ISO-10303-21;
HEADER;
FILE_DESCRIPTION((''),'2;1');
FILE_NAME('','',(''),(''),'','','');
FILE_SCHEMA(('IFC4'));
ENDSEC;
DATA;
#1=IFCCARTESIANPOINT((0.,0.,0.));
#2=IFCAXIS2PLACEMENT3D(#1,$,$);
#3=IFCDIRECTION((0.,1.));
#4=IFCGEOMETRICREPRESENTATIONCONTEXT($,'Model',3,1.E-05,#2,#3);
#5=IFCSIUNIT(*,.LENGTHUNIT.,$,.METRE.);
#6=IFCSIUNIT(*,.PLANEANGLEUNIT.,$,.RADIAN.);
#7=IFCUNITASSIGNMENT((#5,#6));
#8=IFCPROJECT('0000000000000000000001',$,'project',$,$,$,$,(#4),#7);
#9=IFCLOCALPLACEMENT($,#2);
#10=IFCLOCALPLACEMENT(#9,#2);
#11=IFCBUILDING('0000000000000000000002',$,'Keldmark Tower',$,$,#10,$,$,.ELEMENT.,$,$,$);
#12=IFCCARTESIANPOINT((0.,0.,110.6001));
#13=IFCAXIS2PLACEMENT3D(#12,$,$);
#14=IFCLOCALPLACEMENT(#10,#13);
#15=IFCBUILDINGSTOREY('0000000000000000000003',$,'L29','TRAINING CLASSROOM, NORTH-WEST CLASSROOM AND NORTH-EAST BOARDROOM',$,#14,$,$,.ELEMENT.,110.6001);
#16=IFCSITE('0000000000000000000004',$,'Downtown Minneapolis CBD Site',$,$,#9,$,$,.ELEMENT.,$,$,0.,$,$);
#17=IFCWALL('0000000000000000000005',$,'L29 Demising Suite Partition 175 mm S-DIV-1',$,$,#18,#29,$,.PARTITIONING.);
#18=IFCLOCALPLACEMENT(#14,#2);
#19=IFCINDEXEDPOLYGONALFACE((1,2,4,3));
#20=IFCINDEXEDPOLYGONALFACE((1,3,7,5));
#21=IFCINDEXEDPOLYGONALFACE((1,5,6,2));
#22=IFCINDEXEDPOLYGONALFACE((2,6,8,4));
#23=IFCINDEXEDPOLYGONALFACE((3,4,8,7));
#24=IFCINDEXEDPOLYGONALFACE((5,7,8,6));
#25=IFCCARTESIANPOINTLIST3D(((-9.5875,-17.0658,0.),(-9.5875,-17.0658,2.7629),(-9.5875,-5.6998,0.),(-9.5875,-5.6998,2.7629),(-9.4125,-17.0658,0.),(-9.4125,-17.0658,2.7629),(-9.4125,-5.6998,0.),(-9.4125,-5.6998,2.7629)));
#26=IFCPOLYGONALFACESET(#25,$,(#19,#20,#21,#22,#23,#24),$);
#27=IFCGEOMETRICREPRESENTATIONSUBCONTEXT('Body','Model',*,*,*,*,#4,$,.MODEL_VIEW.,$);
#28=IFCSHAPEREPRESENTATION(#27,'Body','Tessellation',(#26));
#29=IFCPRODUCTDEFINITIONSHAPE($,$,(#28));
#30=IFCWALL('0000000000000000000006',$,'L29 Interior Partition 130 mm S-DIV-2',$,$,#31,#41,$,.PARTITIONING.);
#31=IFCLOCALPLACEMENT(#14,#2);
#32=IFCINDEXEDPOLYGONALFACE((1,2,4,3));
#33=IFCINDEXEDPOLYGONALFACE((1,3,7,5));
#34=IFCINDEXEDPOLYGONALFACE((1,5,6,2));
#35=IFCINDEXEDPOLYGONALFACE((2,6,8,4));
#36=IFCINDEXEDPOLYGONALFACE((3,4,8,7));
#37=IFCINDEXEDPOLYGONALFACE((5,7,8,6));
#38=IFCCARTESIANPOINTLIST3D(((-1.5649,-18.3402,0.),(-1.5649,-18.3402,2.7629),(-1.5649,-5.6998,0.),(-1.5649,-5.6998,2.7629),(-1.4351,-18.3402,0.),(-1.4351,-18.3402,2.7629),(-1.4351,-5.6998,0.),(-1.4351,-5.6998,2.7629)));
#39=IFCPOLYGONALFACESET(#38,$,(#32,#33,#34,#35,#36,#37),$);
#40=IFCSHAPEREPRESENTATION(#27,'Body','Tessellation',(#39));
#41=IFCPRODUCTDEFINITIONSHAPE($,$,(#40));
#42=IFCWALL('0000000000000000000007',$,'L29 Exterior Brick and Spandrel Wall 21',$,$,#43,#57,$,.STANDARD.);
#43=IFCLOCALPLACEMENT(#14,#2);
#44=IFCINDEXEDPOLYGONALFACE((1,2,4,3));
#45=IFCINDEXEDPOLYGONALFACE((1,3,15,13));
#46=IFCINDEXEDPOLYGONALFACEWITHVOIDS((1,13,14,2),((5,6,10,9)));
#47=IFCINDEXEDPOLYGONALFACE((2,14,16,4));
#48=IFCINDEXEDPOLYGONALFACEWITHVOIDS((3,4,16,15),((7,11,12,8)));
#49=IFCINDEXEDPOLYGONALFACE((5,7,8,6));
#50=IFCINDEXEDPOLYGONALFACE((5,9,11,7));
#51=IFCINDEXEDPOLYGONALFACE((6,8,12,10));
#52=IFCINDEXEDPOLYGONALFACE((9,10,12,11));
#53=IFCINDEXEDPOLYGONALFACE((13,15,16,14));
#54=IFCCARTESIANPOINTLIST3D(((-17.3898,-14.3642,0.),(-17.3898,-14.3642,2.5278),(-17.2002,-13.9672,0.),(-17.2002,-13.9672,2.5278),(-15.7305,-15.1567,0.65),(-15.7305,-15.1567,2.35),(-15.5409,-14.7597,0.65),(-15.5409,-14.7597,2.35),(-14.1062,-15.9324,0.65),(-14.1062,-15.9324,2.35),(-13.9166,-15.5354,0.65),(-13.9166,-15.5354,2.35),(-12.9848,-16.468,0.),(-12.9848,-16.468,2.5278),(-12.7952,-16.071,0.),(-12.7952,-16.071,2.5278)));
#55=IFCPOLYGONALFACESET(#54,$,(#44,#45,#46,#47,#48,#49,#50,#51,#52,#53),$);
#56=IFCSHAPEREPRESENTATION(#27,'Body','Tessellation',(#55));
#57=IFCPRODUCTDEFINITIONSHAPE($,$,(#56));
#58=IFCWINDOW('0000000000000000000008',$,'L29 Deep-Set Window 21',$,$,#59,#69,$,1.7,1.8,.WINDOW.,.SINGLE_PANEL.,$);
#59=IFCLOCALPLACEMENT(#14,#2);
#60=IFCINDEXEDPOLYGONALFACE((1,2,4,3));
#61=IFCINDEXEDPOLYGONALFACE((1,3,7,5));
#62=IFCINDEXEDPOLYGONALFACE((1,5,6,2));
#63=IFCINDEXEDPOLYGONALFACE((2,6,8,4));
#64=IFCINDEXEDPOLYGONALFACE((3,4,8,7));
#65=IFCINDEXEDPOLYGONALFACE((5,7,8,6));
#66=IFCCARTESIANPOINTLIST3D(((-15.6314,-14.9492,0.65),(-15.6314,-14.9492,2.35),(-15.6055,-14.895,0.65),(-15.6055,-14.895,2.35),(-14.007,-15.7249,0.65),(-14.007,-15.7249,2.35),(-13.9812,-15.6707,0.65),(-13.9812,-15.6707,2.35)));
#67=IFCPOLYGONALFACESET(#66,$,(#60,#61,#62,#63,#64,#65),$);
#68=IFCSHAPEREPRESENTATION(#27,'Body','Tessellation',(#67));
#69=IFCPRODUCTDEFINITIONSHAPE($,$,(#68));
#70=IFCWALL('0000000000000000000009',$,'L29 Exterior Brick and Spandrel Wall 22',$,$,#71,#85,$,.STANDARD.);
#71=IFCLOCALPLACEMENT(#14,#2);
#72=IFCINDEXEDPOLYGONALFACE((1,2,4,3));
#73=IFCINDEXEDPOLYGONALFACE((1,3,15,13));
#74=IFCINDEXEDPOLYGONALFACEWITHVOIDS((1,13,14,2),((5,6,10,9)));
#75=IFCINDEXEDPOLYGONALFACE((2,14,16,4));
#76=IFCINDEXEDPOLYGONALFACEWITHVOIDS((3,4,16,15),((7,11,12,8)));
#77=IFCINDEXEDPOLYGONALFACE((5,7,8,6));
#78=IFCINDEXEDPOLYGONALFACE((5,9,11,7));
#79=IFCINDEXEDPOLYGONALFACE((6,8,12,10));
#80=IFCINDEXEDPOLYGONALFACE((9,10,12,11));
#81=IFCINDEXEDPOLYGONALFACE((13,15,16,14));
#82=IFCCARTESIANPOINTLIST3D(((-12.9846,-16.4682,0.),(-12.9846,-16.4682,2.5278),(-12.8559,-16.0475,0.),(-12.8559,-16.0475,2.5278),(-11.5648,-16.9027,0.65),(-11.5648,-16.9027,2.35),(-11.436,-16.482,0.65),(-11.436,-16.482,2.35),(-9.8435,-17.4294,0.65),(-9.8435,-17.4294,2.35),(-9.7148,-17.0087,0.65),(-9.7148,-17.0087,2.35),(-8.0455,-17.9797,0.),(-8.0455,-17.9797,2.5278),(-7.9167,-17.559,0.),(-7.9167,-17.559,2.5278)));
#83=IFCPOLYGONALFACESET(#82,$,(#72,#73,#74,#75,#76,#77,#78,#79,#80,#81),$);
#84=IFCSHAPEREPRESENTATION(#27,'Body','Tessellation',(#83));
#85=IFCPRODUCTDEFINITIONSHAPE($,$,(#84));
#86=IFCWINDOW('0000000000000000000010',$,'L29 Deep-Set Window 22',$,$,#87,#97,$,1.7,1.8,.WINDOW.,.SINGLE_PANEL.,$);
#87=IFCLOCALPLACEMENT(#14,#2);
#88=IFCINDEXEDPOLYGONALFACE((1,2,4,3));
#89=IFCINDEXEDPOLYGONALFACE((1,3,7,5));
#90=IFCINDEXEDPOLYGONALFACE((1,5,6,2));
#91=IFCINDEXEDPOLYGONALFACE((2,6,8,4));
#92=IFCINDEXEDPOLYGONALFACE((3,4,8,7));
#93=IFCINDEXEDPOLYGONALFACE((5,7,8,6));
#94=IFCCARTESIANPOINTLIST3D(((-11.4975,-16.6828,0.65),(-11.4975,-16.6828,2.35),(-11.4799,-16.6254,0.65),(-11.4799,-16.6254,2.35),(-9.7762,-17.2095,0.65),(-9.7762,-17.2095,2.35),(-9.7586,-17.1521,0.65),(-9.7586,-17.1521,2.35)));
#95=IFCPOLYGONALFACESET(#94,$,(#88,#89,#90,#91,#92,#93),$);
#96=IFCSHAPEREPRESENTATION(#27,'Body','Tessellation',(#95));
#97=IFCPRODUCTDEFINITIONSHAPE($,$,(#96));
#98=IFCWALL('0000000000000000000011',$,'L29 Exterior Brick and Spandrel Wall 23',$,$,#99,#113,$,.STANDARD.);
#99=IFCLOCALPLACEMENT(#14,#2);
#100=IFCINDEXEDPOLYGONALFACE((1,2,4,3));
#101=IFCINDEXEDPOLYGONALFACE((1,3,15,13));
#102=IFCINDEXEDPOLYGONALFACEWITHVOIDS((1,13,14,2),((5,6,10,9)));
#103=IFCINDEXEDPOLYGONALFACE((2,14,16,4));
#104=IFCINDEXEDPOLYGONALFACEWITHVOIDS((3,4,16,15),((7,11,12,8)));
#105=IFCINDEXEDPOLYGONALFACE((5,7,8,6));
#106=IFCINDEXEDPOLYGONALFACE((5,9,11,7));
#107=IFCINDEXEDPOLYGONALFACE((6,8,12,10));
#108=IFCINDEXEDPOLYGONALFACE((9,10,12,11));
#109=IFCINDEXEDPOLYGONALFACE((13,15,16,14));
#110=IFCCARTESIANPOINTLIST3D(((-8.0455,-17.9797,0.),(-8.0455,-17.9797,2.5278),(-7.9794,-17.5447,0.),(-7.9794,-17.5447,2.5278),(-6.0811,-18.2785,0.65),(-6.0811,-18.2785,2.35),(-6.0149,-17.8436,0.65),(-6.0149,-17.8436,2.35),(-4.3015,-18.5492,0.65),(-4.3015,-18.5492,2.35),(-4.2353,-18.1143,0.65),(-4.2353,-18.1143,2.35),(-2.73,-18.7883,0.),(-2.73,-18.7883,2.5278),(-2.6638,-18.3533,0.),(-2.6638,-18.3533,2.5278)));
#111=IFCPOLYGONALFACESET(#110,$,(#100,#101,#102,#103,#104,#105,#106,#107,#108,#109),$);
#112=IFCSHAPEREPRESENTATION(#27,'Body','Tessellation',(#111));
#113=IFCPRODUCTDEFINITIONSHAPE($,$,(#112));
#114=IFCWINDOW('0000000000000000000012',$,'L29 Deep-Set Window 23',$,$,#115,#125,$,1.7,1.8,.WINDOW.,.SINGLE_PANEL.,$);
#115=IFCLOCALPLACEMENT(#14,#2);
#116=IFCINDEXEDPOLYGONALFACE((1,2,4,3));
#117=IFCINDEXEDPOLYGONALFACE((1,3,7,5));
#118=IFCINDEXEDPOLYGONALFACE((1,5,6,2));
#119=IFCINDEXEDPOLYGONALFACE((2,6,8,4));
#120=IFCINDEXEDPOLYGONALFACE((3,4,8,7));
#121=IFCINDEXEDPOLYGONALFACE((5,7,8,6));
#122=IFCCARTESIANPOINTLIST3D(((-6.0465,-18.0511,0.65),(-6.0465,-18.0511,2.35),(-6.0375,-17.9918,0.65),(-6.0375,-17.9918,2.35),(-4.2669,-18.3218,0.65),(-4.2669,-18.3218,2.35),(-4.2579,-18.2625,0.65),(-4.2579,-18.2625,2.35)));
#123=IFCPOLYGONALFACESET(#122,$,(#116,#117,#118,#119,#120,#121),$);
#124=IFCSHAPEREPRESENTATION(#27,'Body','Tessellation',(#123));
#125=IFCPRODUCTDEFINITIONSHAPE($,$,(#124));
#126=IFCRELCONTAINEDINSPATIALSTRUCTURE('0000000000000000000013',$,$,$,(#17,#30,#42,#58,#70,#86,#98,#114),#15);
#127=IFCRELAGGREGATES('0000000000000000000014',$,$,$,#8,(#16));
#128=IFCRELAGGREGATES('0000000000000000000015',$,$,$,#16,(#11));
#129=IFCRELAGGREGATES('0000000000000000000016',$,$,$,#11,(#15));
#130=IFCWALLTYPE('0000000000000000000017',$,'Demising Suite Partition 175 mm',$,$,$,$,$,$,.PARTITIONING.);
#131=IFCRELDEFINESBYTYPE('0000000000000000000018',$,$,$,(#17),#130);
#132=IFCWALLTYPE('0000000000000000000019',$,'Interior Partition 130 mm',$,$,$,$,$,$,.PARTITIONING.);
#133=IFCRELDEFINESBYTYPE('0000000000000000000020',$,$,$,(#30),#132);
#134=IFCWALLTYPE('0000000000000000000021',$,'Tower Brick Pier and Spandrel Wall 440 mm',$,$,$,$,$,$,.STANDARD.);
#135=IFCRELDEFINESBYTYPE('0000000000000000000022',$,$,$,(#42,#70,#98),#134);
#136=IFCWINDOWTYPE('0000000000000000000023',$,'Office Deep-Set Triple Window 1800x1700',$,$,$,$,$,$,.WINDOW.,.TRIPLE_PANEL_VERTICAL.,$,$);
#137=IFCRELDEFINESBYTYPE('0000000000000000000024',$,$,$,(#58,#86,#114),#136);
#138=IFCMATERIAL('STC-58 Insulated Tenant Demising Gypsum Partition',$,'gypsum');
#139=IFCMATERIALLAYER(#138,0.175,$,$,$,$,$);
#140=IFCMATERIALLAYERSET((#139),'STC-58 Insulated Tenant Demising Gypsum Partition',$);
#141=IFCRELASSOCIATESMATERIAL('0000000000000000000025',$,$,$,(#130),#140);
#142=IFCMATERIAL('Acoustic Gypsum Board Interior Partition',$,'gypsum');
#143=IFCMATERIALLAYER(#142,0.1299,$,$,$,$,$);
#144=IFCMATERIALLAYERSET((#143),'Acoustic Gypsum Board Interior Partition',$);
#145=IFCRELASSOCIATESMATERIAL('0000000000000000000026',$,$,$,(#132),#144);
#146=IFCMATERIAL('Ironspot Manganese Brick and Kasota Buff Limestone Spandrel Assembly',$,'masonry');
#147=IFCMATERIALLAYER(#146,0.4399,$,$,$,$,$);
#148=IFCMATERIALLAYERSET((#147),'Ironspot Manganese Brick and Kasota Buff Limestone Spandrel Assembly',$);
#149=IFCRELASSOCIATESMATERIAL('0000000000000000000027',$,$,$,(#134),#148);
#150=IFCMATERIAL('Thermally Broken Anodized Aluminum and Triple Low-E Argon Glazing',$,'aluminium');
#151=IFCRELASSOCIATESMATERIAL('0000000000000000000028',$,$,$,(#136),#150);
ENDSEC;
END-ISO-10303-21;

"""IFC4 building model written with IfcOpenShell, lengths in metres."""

from ifc_helpers import new_model, si_unit, direction, frame, frame_2d, origin, place, context, subcontext, project, spatial, rectangle, extrude, material, layer, layer_set, type_object, element, fill, save


model = new_model("IFC4")

# Units and contexts
model_context = context("Model", 3, precision=1e-05, world=origin(), true_north=direction((0.0, 1.0)))
body_context = subcontext(model_context, "Body", "Model", "MODEL_VIEW")
ifc_project = project(units=[si_unit("LENGTHUNIT", "METRE"), si_unit("PLANEANGLEUNIT", "RADIAN")], contexts=[model_context])

# Site, building, storey
site_placement = place(None, origin())
site = spatial("IfcSite", under=ifc_project, at=site_placement, Name="Downtown Minneapolis CBD Site", CompositionType="ELEMENT", RefElevation=0.0)
building_placement = place(site_placement, origin())
building = spatial("IfcBuilding", under=site, at=building_placement, Name="Keldmark Tower", CompositionType="ELEMENT")
storey_placement = place(building_placement, frame((0.0, 0.0, 110.6001)))
storey = spatial("IfcBuildingStorey", under=building, at=storey_placement, Name="L29", Description="TRAINING CLASSROOM, NORTH-WEST CLASSROOM AND NORTH-EAST BOARDROOM", CompositionType="ELEMENT", Elevation=110.6001)

# Walls
ifc_material_1 = material(Name="STC-58 Insulated Tenant Demising Gypsum Partition", Category="gypsum")
ifc_layer_1 = layer(ifc_material_1, 0.175)
ifc_layer_set_1 = layer_set([ifc_layer_1], Name="STC-58 Insulated Tenant Demising Gypsum Partition")
wall_type_1 = type_object("IfcWallType", Name="Demising Suite Partition 175 mm", PredefinedType="PARTITIONING", material=ifc_layer_set_1)
wall_1_placement = place(storey_placement, frame((-9.5, -17.0659, 0.0), z_axis=(0.0, 0.0, 1.0), x_axis=(0.0, 1.0, 0.0)))
element("IfcWall", 1, at=wall_1_placement, inside=storey, type_object=wall_type_1, Name="L29 Demising Suite Partition 175 mm S-DIV-1", PredefinedType="PARTITIONING", context=body_context, shape_type="SweptSolid", body=[
    extrude(rectangle(XDim=11.366, YDim=0.175, at=frame_2d((5.6831, 0.0))), origin(), (0.0, 0.0, 1.0), 2.7629),
])
ifc_material_2 = material(Name="Acoustic Gypsum Board Interior Partition", Category="gypsum")
ifc_layer_2 = layer(ifc_material_2, 0.1299)
ifc_layer_set_2 = layer_set([ifc_layer_2], Name="Acoustic Gypsum Board Interior Partition")
wall_type_2 = type_object("IfcWallType", Name="Interior Partition 130 mm", PredefinedType="PARTITIONING", material=ifc_layer_set_2)
wall_2_placement = place(storey_placement, frame((-1.5, -18.3403, 0.0), z_axis=(0.0, 0.0, 1.0), x_axis=(0.0, 1.0, 0.0)))
element("IfcWall", 2, at=wall_2_placement, inside=storey, type_object=wall_type_2, Name="L29 Interior Partition 130 mm S-DIV-2", PredefinedType="PARTITIONING", context=body_context, shape_type="SweptSolid", body=[
    extrude(rectangle(XDim=12.6404, YDim=0.1299, at=frame_2d((6.3203, 0.0))), origin(), (0.0, 0.0, 1.0), 2.7629),
])

# Walls, openings, windows
ifc_material_3 = material(Name="Ironspot Manganese Brick and Kasota Buff Limestone Spandrel Assembly", Category="masonry")
ifc_layer_3 = layer(ifc_material_3, 0.4399)
ifc_layer_set_3 = layer_set([ifc_layer_3], Name="Ironspot Manganese Brick and Kasota Buff Limestone Spandrel Assembly")
wall_type_3 = type_object("IfcWallType", Name="Tower Brick Pier and Spandrel Wall 440 mm", PredefinedType="STANDARD", material=ifc_layer_set_3)
wall_3_placement = place(storey_placement, frame((-12.8899, -16.2695, 0.0), z_axis=(0.0, 0.0, 1.0), x_axis=(-0.902373, 0.430956, 0.0)))
wall_3 = element("IfcWall", 3, at=wall_3_placement, inside=storey, type_object=wall_type_3, Name="L29 Exterior Brick and Spandrel Wall 21", PredefinedType="STANDARD", context=body_context, shape_type="SweptSolid", body=[
    extrude(rectangle(XDim=4.8816, YDim=0.4399, at=frame_2d((2.4409, 0.0))), origin(), (0.0, 0.0, 1.0), 2.5278),
])
opening_1_placement = place(wall_3_placement, frame((1.2429, 0.0, 0.6499)))
opening_1 = element("IfcOpeningElement", 4, at=opening_1_placement, cuts=wall_3, PredefinedType="OPENING", context=body_context, shape_type="SweptSolid", body=[
    extrude(rectangle(XDim=1.8, YDim=1.7, at=frame_2d((0.8999, 0.8501))), frame((0.0, 0.23, 0.0), z_axis=(0.0, -1.0, 0.0), x_axis=(1.0, 0.0, 0.0)), (0.0, 0.0, 1.0), 0.46),
])
ifc_material_4 = material(Name="Thermally Broken Anodized Aluminum and Triple Low-E Argon Glazing", Category="aluminium")
window_type = type_object("IfcWindowType", Name="Office Deep-Set Triple Window 1800x1700", PartitioningType="TRIPLE_PANEL_VERTICAL", PredefinedType="WINDOW", material=ifc_material_4)
window_1_placement = place(opening_1_placement, origin())
window_1 = element("IfcWindow", 5, at=window_1_placement, inside=storey, type_object=window_type, Name="L29 Deep-Set Window 21", OverallHeight=1.7, OverallWidth=1.8, PartitioningType="SINGLE_PANEL", PredefinedType="WINDOW", context=body_context, shape_type="SweptSolid", body=[
    extrude(rectangle(XDim=1.8, YDim=1.7, at=frame_2d((0.8999, 0.8501))), frame((0.0, -0.01, 0.0), z_axis=(0.0, -1.0, 0.0), x_axis=(1.0, 0.0, 0.0)), (0.0, 0.0, 1.0), 0.0601),
])
fill(opening_1, window_1)
wall_4_placement = place(storey_placement, frame((-7.9812, -17.7693, 0.0), z_axis=(0.0, 0.0, 1.0), x_axis=(-0.956229, 0.292621, 0.0)))
wall_4 = element("IfcWall", 6, at=wall_4_placement, inside=storey, type_object=wall_type_3, Name="L29 Exterior Brick and Spandrel Wall 22", PredefinedType="STANDARD", context=body_context, shape_type="SweptSolid", body=[
    extrude(rectangle(XDim=5.1653, YDim=0.4399, at=frame_2d((2.5825, 0.0))), origin(), (0.0, 0.0, 1.0), 2.5278),
])
opening_2_placement = place(wall_4_placement, frame((1.8804, 0.0, 0.6499)))
opening_2 = element("IfcOpeningElement", 7, at=opening_2_placement, cuts=wall_4, PredefinedType="OPENING", context=body_context, shape_type="SweptSolid", body=[
    extrude(rectangle(XDim=1.8, YDim=1.7, at=frame_2d((0.8999, 0.8501))), frame((0.0, 0.23, 0.0), z_axis=(0.0, -1.0, 0.0), x_axis=(1.0, 0.0, 0.0)), (0.0, 0.0, 1.0), 0.46),
])
window_2_placement = place(opening_2_placement, origin())
window_2 = element("IfcWindow", 8, at=window_2_placement, inside=storey, type_object=window_type, Name="L29 Deep-Set Window 22", OverallHeight=1.7, OverallWidth=1.8, PartitioningType="SINGLE_PANEL", PredefinedType="WINDOW", context=body_context, shape_type="SweptSolid", body=[
    extrude(rectangle(XDim=1.8, YDim=1.7, at=frame_2d((0.8999, 0.8501))), frame((0.0, -0.01, 0.0), z_axis=(0.0, -1.0, 0.0), x_axis=(1.0, 0.0, 0.0)), (0.0, 0.0, 1.0), 0.0601),
])
fill(opening_2, window_2)
wall_5_placement = place(storey_placement, frame((-2.6968, -18.5708, 0.0), z_axis=(0.0, 0.0, 1.0), x_axis=(-0.988627, 0.150385, 0.0)))
wall_5 = element("IfcWall", 9, at=wall_5_placement, inside=storey, type_object=wall_type_3, Name="L29 Exterior Brick and Spandrel Wall 23", PredefinedType="STANDARD", context=body_context, shape_type="SweptSolid", body=[
    extrude(rectangle(XDim=5.3767, YDim=0.4399, at=frame_2d((2.6885, 0.0))), origin(), (0.0, 0.0, 1.0), 2.5278),
])
opening_3_placement = place(wall_5_placement, frame((1.5898, 0.0, 0.6499)))
opening_3 = element("IfcOpeningElement", 10, at=opening_3_placement, cuts=wall_5, PredefinedType="OPENING", context=body_context, shape_type="SweptSolid", body=[
    extrude(rectangle(XDim=1.8, YDim=1.7, at=frame_2d((0.8999, 0.8501))), frame((0.0, 0.23, 0.0), z_axis=(0.0, -1.0, 0.0), x_axis=(1.0, 0.0, 0.0)), (0.0, 0.0, 1.0), 0.46),
])
window_3_placement = place(opening_3_placement, origin())
window_3 = element("IfcWindow", 11, at=window_3_placement, inside=storey, type_object=window_type, Name="L29 Deep-Set Window 23", OverallHeight=1.7, OverallWidth=1.8, PartitioningType="SINGLE_PANEL", PredefinedType="WINDOW", context=body_context, shape_type="SweptSolid", body=[
    extrude(rectangle(XDim=1.8, YDim=1.7, at=frame_2d((0.8999, 0.8501))), frame((0.0, -0.01, 0.0), z_axis=(0.0, -1.0, 0.0), x_axis=(1.0, 0.0, 0.0)), (0.0, 0.0, 1.0), 0.0601),
])
fill(opening_3, window_3)

save(model, "model.ifc")
